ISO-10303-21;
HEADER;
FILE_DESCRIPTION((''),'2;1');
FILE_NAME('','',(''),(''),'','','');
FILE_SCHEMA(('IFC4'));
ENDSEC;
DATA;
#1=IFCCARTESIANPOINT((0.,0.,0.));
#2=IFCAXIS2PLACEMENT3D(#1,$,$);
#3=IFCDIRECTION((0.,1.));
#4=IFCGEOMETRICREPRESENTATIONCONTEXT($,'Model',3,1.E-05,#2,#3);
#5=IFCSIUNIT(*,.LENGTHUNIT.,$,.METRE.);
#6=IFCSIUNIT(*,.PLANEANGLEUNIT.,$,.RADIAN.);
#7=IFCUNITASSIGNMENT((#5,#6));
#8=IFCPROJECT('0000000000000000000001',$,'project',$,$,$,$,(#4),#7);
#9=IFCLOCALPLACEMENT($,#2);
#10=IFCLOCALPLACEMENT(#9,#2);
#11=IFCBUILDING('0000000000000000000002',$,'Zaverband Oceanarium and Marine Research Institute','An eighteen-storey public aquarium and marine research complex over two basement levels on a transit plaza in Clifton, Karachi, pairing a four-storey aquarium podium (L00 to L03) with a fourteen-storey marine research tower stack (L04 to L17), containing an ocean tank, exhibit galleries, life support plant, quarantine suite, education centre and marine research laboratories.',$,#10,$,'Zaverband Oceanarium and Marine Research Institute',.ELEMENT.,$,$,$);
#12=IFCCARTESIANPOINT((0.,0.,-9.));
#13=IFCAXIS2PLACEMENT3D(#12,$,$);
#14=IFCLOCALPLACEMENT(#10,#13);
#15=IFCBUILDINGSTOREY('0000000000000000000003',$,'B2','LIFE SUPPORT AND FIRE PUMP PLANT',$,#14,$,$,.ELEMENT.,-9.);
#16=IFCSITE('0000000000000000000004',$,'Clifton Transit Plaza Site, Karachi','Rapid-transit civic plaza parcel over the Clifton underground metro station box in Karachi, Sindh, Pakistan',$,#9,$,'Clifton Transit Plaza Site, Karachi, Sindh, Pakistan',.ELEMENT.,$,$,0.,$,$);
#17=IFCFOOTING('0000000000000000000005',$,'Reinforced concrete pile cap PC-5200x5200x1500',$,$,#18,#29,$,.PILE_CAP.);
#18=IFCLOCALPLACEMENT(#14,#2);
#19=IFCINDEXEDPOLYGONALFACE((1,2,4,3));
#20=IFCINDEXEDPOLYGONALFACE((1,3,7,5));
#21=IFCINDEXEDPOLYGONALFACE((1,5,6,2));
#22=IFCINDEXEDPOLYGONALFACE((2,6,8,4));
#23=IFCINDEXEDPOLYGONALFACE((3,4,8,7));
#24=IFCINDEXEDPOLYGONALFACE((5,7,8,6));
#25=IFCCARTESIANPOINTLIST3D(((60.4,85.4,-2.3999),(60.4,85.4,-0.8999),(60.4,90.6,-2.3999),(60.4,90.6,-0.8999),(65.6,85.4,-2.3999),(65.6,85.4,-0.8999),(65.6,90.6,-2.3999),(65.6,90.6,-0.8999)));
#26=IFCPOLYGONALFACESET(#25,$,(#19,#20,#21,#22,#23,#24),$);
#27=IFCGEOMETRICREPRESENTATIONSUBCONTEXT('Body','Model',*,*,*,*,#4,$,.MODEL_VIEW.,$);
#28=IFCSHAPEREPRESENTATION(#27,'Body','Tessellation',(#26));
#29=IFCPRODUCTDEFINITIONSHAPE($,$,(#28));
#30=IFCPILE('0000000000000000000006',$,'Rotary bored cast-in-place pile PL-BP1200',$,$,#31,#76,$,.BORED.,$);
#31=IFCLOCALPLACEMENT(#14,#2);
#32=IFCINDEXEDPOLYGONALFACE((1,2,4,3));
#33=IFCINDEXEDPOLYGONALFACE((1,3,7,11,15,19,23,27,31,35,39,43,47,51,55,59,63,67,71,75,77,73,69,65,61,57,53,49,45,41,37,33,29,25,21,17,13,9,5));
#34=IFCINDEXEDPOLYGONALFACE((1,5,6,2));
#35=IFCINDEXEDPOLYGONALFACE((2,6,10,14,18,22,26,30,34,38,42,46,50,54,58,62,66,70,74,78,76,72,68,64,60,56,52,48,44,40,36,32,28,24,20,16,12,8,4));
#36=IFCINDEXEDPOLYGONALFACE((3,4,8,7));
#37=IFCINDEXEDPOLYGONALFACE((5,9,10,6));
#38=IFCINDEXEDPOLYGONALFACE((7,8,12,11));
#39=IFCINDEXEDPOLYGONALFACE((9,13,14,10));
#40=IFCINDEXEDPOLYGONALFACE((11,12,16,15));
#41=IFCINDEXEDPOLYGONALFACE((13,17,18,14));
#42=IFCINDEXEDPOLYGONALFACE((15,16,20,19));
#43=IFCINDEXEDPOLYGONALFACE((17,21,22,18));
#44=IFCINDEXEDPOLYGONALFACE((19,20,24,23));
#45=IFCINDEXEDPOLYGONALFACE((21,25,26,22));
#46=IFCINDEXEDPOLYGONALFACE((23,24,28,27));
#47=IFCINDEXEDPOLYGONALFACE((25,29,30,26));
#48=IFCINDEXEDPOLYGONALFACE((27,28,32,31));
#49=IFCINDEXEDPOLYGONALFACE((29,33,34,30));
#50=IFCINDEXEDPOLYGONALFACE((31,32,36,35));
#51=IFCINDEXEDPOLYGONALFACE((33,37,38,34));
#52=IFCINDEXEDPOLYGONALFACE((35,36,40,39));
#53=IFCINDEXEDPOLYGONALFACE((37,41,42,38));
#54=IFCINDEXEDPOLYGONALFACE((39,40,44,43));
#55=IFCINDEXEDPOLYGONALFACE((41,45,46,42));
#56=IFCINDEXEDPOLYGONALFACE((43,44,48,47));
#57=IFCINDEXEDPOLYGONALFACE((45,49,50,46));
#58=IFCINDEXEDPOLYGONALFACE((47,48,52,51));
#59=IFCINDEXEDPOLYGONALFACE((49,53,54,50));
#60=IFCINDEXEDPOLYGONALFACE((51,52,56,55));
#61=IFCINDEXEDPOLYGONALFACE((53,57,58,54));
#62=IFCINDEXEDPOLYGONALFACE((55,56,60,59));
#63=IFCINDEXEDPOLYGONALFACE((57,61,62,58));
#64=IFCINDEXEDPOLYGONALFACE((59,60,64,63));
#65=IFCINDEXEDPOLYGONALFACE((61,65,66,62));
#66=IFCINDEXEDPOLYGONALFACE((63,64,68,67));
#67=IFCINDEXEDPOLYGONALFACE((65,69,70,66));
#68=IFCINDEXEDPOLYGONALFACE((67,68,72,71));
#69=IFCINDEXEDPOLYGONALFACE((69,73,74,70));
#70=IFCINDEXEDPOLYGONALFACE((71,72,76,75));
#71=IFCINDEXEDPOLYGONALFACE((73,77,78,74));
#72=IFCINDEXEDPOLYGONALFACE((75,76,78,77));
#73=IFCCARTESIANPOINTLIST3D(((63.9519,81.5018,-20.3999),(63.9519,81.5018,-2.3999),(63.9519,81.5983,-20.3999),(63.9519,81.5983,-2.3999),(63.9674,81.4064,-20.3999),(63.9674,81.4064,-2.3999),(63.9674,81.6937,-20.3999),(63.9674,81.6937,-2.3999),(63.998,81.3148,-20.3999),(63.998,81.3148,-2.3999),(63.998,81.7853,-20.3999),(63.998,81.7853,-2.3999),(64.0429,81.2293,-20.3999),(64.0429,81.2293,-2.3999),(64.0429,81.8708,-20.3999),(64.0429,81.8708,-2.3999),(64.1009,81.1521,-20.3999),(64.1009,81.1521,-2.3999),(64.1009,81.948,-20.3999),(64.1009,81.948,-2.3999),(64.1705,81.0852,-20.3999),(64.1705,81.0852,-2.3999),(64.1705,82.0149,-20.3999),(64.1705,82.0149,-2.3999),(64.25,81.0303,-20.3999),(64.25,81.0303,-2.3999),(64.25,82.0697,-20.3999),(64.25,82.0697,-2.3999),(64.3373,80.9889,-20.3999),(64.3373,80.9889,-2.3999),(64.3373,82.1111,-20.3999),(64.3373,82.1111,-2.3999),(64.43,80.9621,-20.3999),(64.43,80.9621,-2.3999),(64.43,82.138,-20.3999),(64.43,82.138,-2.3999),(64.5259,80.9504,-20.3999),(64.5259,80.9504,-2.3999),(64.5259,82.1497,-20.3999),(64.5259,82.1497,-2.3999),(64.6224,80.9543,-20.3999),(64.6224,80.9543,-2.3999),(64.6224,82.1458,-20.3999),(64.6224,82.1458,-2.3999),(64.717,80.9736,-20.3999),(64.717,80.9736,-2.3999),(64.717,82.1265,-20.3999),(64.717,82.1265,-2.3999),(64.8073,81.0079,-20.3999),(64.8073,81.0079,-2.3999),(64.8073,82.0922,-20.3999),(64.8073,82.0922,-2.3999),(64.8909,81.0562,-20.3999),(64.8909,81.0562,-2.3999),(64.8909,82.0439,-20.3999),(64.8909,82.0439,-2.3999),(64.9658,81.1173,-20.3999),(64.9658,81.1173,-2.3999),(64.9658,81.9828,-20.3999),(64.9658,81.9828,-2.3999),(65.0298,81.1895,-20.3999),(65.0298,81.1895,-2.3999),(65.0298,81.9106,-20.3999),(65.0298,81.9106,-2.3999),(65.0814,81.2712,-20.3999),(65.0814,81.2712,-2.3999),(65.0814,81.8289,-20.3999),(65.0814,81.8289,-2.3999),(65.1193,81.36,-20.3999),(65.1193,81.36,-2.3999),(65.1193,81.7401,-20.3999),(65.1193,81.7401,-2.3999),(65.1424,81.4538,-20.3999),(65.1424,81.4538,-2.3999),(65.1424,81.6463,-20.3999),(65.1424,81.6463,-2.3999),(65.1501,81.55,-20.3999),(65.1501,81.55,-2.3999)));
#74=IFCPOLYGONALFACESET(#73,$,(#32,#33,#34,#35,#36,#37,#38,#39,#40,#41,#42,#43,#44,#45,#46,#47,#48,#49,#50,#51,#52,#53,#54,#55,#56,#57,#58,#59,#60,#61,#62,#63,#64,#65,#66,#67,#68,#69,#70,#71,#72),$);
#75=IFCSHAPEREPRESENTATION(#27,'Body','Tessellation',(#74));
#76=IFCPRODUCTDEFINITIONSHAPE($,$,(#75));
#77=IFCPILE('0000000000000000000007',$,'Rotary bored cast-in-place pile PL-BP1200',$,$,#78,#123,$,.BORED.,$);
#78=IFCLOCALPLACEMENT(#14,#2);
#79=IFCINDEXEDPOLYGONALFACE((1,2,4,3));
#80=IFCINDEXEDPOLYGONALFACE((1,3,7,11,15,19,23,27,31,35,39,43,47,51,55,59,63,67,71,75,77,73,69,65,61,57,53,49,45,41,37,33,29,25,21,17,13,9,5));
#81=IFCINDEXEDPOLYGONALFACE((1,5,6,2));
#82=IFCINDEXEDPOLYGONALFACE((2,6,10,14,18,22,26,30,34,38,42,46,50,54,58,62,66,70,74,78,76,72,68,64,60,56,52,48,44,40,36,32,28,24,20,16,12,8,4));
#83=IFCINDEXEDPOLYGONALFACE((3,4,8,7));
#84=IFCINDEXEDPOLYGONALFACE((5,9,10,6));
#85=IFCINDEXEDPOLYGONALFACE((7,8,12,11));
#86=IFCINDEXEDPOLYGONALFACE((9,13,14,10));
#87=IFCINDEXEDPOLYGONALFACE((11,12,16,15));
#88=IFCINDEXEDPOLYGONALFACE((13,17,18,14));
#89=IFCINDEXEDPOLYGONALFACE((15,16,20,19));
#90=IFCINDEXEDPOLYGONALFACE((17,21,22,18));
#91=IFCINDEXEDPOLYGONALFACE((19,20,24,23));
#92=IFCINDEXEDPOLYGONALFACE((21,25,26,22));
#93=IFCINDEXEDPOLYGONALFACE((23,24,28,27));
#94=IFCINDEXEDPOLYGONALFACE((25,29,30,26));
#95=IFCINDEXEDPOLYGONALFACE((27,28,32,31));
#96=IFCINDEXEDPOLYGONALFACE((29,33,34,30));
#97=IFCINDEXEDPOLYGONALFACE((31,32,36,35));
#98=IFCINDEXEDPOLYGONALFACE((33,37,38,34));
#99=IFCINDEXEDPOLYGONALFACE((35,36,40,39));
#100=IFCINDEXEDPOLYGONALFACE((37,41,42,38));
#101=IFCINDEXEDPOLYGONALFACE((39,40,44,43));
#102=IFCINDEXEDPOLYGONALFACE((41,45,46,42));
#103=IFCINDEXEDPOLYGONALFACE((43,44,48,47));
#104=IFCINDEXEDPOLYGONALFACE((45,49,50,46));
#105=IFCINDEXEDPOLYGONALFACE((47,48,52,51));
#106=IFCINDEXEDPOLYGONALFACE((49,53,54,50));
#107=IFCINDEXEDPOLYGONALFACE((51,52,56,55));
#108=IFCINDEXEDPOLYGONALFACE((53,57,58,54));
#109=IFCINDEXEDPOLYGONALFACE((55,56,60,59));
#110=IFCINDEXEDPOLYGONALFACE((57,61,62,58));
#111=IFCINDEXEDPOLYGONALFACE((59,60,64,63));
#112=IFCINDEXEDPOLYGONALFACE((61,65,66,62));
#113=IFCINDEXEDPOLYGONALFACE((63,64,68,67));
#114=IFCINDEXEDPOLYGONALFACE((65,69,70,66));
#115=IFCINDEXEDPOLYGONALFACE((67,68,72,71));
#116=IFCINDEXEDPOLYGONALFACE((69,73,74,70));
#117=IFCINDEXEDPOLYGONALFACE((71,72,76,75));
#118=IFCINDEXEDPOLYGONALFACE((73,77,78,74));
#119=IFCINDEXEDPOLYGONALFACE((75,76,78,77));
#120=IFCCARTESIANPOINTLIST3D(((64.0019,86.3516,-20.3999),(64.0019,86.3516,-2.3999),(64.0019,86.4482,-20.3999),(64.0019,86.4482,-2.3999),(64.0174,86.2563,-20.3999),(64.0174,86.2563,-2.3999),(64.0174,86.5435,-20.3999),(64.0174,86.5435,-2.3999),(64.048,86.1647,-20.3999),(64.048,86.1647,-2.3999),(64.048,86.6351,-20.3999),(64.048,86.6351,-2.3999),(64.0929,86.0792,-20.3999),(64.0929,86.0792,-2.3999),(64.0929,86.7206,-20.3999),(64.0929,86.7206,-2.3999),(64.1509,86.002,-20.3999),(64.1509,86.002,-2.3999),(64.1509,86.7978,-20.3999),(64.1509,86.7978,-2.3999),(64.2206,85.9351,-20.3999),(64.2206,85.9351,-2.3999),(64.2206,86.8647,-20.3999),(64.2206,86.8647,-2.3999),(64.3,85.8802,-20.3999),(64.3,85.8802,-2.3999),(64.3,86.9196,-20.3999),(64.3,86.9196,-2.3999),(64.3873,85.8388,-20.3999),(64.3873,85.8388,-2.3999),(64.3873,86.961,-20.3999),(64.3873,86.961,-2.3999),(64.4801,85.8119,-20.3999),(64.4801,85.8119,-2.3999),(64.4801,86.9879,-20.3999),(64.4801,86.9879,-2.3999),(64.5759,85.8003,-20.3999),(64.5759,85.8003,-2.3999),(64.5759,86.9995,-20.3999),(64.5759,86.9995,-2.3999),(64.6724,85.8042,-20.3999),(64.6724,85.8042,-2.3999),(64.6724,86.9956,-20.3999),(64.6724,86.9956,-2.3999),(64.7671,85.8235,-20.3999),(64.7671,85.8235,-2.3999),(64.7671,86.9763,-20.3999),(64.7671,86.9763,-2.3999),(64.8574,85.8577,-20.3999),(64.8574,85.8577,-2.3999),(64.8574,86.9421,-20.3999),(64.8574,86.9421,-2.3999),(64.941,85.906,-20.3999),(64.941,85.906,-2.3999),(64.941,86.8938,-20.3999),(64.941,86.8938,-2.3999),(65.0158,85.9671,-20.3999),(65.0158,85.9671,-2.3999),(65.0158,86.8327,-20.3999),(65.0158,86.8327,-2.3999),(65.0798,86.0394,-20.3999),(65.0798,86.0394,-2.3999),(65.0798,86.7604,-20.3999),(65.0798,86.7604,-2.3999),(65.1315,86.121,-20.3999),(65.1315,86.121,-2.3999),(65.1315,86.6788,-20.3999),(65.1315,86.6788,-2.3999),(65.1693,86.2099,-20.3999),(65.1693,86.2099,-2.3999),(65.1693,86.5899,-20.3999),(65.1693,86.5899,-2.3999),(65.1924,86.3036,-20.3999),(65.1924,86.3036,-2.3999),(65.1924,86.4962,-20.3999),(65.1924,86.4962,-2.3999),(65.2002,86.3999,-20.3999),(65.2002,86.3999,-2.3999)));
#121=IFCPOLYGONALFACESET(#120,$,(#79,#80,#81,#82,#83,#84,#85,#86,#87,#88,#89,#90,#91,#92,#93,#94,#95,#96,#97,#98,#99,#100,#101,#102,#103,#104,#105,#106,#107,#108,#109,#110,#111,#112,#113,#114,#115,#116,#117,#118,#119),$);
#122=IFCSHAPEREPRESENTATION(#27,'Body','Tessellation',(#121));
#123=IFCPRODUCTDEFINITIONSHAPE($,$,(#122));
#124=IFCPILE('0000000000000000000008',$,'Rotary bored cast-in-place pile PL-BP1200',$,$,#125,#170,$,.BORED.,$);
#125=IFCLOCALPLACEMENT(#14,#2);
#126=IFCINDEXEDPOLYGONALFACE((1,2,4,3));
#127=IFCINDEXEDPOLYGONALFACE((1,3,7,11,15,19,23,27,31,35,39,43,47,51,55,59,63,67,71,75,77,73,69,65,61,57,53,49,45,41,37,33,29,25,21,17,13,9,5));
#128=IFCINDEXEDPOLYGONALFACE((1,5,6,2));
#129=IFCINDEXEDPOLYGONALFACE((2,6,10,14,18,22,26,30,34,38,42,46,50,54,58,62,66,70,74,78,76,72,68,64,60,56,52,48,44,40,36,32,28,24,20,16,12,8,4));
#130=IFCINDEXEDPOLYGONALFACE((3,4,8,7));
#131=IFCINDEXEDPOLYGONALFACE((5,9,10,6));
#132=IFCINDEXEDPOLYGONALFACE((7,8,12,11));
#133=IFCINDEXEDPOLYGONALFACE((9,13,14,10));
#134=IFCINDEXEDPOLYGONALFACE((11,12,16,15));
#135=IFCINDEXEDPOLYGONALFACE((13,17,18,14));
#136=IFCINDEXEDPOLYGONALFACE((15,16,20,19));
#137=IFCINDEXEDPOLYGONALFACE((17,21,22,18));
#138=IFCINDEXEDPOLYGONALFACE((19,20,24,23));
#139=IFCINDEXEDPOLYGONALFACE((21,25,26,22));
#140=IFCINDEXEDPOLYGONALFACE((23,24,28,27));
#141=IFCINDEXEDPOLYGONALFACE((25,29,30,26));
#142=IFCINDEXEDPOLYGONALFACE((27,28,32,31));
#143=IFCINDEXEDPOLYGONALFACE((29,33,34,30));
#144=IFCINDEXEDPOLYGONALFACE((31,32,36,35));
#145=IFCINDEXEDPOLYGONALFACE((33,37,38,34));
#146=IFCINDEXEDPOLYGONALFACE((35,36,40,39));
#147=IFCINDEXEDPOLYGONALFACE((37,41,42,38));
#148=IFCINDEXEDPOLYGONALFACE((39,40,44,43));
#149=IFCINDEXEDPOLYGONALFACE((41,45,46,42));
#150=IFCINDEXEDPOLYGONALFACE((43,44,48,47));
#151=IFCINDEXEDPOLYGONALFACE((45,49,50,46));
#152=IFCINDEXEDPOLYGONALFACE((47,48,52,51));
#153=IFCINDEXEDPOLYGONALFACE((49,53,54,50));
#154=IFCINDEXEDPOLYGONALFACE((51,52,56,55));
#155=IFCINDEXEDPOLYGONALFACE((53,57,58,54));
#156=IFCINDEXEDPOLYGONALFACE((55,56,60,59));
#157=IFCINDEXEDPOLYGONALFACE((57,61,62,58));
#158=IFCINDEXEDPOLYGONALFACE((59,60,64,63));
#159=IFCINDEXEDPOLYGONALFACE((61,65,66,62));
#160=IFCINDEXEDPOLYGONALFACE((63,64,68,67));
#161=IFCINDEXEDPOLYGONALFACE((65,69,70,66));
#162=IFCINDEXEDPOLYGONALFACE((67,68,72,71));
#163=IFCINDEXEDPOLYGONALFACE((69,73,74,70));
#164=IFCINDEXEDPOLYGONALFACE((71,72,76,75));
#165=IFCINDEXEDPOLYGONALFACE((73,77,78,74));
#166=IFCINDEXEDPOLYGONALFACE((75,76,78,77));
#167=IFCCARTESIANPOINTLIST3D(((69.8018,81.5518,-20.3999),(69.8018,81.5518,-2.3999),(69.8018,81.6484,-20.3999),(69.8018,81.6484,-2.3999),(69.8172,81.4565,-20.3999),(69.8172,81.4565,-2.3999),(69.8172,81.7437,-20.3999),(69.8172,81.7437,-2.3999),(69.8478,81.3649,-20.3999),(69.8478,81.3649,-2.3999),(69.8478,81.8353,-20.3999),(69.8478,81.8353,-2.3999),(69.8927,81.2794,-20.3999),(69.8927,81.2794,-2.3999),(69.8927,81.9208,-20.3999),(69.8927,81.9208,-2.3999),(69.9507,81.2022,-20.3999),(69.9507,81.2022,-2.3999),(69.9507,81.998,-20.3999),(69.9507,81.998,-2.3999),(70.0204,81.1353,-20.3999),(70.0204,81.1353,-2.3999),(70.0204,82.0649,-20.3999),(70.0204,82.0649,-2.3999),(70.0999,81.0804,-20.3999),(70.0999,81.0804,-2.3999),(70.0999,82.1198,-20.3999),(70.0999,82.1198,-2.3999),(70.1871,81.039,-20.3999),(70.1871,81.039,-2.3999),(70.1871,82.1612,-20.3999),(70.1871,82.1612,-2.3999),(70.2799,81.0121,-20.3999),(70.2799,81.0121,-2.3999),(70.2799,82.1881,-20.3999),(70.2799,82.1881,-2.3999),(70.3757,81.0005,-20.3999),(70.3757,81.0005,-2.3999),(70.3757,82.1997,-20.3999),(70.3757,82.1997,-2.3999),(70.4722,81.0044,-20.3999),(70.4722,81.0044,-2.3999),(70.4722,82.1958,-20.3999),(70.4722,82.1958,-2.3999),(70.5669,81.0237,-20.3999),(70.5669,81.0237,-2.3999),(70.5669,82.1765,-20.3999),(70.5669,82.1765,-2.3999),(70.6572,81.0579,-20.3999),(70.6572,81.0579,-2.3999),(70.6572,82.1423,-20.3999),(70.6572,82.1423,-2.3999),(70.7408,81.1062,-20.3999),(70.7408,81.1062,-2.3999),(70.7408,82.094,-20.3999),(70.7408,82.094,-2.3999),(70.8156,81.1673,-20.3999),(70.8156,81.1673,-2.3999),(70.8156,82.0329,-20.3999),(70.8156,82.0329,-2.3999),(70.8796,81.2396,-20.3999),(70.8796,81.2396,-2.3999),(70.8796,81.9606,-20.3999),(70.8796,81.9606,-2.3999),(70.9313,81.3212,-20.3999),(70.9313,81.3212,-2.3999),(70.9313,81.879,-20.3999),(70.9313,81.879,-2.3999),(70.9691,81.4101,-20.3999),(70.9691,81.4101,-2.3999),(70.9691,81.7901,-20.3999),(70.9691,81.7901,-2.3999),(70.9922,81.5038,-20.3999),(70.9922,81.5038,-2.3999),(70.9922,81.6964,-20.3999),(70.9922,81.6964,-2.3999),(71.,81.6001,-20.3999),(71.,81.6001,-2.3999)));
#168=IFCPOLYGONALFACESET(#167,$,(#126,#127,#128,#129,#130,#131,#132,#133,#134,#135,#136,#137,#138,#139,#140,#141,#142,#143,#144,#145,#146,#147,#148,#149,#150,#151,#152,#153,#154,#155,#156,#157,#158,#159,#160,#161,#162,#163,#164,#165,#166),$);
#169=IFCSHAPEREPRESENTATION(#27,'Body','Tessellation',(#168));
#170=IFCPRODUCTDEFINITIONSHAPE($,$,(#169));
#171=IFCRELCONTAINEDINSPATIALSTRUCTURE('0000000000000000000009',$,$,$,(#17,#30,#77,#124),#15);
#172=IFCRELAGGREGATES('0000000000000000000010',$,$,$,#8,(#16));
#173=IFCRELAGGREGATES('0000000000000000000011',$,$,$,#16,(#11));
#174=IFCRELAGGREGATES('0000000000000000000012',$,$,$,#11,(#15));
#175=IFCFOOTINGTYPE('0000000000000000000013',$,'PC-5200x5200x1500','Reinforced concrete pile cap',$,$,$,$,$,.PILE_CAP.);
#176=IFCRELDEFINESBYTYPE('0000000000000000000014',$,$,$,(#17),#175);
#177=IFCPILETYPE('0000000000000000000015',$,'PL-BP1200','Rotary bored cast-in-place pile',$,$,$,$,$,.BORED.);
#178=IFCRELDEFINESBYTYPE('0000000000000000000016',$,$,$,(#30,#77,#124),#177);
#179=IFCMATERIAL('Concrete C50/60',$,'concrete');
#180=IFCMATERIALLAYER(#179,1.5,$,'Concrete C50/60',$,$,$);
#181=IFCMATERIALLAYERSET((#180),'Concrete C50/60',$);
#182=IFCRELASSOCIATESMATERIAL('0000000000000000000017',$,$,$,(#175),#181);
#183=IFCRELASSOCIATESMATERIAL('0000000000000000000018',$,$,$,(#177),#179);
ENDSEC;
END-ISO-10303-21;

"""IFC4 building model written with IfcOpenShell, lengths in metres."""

from ifc_helpers import new_model, si_unit, direction, frame, origin, origin_2d, place, context, subcontext, project, spatial, rectangle, circle, extrude, material, layer, layer_set, material_profile, profile_set, type_object, element, save


model = new_model("IFC4")

# Units and contexts
model_context = context("Model", 3, precision=1e-05, world=origin(), true_north=direction((0.0, 1.0)))
body_context = subcontext(model_context, "Body", "Model", "MODEL_VIEW")
ifc_project = project(units=[si_unit("LENGTHUNIT", "METRE"), si_unit("PLANEANGLEUNIT", "RADIAN")], contexts=[model_context])

# Site, building, storey
site_placement = place(None, origin())
site = spatial("IfcSite", under=ifc_project, at=site_placement, Name="Clifton Transit Plaza Site, Karachi", Description="Rapid-transit civic plaza parcel over the Clifton underground metro station box in Karachi, Sindh, Pakistan", LongName="Clifton Transit Plaza Site, Karachi, Sindh, Pakistan", CompositionType="ELEMENT", RefElevation=0.0)
building_placement = place(site_placement, origin())
building = spatial("IfcBuilding", under=site, at=building_placement, Name="Zaverband Oceanarium and Marine Research Institute", Description="An eighteen-storey public aquarium and marine research complex over two basement levels on a transit plaza in Clifton, Karachi, pairing a four-storey aquarium podium (L00 to L03) with a fourteen-storey marine research tower stack (L04 to L17), containing an ocean tank, exhibit galleries, life support plant, quarantine suite, education centre and marine research laboratories.", LongName="Zaverband Oceanarium and Marine Research Institute", CompositionType="ELEMENT")
storey_placement = place(building_placement, frame((0.0, 0.0, -9.0)))
storey = spatial("IfcBuildingStorey", under=building, at=storey_placement, Name="B2", Description="LIFE SUPPORT AND FIRE PUMP PLANT", CompositionType="ELEMENT", Elevation=-9.0)

# Footing
ifc_material_1 = material(Name="Concrete C50/60", Category="concrete")
ifc_layer_1 = layer(ifc_material_1, 1.5, Name="Concrete C50/60")
ifc_layer_set_1 = layer_set([ifc_layer_1], Name="Concrete C50/60")
footing_type = type_object("IfcFootingType", Name="PC-5200x5200x1500", Description="Reinforced concrete pile cap", PredefinedType="PILE_CAP", material=ifc_layer_set_1)
footing_placement = place(storey_placement, frame((63.0, 88.0, -2.3999), z_axis=(0.0, 0.0, 1.0), x_axis=(1.0, 0.0, 0.0)))
element("IfcFooting", 1, at=footing_placement, inside=storey, type_object=footing_type, Name="Reinforced concrete pile cap PC-5200x5200x1500", PredefinedType="PILE_CAP", context=body_context, shape_type="SweptSolid", body=[
    extrude(rectangle(XDim=5.2, YDim=5.2, at=origin_2d()), origin(), (0.0, 0.0, 1.0), 1.5),
])

# Piles
ifc_material_profile_1 = material_profile(ifc_material_1, circle(Radius=0.6001, at=origin_2d()), Name="BP1200")
ifc_profile_set_1 = profile_set([ifc_material_profile_1], Name="Concrete C50/60")
pile_type = type_object("IfcPileType", Name="PL-BP1200", Description="Rotary bored cast-in-place pile", PredefinedType="BORED", material=ifc_profile_set_1)
for number, where, z_axis, x_axis, name in (
    (2, (64.55, 81.55, -2.3999), (0.0, 0.0, -1.0), (1.0, 0.0, 0.0), "Rotary bored cast-in-place pile PL-BP1200"),
    (3, (64.6001, 86.3999, -2.3999), (0.0, 0.0, -1.0), (1.0, 0.0, 0.0), "Rotary bored cast-in-place pile PL-BP1200"),
    (4, (70.3999, 81.6001, -2.3999), (0.0, 0.0, -1.0), (1.0, 0.0, 0.0), "Rotary bored cast-in-place pile PL-BP1200"),
):
    element("IfcPile", number, at=place(storey_placement, frame(where, z_axis=z_axis, x_axis=x_axis)), inside=storey, type_object=pile_type, Name=name, PredefinedType="BORED", context=body_context, shape_type="SweptSolid", body=[
        extrude(circle(Radius=0.6001, at=origin_2d()), origin(), (0.0, 0.0, 1.0), 18.0),
    ])

save(model, "model.ifc")
